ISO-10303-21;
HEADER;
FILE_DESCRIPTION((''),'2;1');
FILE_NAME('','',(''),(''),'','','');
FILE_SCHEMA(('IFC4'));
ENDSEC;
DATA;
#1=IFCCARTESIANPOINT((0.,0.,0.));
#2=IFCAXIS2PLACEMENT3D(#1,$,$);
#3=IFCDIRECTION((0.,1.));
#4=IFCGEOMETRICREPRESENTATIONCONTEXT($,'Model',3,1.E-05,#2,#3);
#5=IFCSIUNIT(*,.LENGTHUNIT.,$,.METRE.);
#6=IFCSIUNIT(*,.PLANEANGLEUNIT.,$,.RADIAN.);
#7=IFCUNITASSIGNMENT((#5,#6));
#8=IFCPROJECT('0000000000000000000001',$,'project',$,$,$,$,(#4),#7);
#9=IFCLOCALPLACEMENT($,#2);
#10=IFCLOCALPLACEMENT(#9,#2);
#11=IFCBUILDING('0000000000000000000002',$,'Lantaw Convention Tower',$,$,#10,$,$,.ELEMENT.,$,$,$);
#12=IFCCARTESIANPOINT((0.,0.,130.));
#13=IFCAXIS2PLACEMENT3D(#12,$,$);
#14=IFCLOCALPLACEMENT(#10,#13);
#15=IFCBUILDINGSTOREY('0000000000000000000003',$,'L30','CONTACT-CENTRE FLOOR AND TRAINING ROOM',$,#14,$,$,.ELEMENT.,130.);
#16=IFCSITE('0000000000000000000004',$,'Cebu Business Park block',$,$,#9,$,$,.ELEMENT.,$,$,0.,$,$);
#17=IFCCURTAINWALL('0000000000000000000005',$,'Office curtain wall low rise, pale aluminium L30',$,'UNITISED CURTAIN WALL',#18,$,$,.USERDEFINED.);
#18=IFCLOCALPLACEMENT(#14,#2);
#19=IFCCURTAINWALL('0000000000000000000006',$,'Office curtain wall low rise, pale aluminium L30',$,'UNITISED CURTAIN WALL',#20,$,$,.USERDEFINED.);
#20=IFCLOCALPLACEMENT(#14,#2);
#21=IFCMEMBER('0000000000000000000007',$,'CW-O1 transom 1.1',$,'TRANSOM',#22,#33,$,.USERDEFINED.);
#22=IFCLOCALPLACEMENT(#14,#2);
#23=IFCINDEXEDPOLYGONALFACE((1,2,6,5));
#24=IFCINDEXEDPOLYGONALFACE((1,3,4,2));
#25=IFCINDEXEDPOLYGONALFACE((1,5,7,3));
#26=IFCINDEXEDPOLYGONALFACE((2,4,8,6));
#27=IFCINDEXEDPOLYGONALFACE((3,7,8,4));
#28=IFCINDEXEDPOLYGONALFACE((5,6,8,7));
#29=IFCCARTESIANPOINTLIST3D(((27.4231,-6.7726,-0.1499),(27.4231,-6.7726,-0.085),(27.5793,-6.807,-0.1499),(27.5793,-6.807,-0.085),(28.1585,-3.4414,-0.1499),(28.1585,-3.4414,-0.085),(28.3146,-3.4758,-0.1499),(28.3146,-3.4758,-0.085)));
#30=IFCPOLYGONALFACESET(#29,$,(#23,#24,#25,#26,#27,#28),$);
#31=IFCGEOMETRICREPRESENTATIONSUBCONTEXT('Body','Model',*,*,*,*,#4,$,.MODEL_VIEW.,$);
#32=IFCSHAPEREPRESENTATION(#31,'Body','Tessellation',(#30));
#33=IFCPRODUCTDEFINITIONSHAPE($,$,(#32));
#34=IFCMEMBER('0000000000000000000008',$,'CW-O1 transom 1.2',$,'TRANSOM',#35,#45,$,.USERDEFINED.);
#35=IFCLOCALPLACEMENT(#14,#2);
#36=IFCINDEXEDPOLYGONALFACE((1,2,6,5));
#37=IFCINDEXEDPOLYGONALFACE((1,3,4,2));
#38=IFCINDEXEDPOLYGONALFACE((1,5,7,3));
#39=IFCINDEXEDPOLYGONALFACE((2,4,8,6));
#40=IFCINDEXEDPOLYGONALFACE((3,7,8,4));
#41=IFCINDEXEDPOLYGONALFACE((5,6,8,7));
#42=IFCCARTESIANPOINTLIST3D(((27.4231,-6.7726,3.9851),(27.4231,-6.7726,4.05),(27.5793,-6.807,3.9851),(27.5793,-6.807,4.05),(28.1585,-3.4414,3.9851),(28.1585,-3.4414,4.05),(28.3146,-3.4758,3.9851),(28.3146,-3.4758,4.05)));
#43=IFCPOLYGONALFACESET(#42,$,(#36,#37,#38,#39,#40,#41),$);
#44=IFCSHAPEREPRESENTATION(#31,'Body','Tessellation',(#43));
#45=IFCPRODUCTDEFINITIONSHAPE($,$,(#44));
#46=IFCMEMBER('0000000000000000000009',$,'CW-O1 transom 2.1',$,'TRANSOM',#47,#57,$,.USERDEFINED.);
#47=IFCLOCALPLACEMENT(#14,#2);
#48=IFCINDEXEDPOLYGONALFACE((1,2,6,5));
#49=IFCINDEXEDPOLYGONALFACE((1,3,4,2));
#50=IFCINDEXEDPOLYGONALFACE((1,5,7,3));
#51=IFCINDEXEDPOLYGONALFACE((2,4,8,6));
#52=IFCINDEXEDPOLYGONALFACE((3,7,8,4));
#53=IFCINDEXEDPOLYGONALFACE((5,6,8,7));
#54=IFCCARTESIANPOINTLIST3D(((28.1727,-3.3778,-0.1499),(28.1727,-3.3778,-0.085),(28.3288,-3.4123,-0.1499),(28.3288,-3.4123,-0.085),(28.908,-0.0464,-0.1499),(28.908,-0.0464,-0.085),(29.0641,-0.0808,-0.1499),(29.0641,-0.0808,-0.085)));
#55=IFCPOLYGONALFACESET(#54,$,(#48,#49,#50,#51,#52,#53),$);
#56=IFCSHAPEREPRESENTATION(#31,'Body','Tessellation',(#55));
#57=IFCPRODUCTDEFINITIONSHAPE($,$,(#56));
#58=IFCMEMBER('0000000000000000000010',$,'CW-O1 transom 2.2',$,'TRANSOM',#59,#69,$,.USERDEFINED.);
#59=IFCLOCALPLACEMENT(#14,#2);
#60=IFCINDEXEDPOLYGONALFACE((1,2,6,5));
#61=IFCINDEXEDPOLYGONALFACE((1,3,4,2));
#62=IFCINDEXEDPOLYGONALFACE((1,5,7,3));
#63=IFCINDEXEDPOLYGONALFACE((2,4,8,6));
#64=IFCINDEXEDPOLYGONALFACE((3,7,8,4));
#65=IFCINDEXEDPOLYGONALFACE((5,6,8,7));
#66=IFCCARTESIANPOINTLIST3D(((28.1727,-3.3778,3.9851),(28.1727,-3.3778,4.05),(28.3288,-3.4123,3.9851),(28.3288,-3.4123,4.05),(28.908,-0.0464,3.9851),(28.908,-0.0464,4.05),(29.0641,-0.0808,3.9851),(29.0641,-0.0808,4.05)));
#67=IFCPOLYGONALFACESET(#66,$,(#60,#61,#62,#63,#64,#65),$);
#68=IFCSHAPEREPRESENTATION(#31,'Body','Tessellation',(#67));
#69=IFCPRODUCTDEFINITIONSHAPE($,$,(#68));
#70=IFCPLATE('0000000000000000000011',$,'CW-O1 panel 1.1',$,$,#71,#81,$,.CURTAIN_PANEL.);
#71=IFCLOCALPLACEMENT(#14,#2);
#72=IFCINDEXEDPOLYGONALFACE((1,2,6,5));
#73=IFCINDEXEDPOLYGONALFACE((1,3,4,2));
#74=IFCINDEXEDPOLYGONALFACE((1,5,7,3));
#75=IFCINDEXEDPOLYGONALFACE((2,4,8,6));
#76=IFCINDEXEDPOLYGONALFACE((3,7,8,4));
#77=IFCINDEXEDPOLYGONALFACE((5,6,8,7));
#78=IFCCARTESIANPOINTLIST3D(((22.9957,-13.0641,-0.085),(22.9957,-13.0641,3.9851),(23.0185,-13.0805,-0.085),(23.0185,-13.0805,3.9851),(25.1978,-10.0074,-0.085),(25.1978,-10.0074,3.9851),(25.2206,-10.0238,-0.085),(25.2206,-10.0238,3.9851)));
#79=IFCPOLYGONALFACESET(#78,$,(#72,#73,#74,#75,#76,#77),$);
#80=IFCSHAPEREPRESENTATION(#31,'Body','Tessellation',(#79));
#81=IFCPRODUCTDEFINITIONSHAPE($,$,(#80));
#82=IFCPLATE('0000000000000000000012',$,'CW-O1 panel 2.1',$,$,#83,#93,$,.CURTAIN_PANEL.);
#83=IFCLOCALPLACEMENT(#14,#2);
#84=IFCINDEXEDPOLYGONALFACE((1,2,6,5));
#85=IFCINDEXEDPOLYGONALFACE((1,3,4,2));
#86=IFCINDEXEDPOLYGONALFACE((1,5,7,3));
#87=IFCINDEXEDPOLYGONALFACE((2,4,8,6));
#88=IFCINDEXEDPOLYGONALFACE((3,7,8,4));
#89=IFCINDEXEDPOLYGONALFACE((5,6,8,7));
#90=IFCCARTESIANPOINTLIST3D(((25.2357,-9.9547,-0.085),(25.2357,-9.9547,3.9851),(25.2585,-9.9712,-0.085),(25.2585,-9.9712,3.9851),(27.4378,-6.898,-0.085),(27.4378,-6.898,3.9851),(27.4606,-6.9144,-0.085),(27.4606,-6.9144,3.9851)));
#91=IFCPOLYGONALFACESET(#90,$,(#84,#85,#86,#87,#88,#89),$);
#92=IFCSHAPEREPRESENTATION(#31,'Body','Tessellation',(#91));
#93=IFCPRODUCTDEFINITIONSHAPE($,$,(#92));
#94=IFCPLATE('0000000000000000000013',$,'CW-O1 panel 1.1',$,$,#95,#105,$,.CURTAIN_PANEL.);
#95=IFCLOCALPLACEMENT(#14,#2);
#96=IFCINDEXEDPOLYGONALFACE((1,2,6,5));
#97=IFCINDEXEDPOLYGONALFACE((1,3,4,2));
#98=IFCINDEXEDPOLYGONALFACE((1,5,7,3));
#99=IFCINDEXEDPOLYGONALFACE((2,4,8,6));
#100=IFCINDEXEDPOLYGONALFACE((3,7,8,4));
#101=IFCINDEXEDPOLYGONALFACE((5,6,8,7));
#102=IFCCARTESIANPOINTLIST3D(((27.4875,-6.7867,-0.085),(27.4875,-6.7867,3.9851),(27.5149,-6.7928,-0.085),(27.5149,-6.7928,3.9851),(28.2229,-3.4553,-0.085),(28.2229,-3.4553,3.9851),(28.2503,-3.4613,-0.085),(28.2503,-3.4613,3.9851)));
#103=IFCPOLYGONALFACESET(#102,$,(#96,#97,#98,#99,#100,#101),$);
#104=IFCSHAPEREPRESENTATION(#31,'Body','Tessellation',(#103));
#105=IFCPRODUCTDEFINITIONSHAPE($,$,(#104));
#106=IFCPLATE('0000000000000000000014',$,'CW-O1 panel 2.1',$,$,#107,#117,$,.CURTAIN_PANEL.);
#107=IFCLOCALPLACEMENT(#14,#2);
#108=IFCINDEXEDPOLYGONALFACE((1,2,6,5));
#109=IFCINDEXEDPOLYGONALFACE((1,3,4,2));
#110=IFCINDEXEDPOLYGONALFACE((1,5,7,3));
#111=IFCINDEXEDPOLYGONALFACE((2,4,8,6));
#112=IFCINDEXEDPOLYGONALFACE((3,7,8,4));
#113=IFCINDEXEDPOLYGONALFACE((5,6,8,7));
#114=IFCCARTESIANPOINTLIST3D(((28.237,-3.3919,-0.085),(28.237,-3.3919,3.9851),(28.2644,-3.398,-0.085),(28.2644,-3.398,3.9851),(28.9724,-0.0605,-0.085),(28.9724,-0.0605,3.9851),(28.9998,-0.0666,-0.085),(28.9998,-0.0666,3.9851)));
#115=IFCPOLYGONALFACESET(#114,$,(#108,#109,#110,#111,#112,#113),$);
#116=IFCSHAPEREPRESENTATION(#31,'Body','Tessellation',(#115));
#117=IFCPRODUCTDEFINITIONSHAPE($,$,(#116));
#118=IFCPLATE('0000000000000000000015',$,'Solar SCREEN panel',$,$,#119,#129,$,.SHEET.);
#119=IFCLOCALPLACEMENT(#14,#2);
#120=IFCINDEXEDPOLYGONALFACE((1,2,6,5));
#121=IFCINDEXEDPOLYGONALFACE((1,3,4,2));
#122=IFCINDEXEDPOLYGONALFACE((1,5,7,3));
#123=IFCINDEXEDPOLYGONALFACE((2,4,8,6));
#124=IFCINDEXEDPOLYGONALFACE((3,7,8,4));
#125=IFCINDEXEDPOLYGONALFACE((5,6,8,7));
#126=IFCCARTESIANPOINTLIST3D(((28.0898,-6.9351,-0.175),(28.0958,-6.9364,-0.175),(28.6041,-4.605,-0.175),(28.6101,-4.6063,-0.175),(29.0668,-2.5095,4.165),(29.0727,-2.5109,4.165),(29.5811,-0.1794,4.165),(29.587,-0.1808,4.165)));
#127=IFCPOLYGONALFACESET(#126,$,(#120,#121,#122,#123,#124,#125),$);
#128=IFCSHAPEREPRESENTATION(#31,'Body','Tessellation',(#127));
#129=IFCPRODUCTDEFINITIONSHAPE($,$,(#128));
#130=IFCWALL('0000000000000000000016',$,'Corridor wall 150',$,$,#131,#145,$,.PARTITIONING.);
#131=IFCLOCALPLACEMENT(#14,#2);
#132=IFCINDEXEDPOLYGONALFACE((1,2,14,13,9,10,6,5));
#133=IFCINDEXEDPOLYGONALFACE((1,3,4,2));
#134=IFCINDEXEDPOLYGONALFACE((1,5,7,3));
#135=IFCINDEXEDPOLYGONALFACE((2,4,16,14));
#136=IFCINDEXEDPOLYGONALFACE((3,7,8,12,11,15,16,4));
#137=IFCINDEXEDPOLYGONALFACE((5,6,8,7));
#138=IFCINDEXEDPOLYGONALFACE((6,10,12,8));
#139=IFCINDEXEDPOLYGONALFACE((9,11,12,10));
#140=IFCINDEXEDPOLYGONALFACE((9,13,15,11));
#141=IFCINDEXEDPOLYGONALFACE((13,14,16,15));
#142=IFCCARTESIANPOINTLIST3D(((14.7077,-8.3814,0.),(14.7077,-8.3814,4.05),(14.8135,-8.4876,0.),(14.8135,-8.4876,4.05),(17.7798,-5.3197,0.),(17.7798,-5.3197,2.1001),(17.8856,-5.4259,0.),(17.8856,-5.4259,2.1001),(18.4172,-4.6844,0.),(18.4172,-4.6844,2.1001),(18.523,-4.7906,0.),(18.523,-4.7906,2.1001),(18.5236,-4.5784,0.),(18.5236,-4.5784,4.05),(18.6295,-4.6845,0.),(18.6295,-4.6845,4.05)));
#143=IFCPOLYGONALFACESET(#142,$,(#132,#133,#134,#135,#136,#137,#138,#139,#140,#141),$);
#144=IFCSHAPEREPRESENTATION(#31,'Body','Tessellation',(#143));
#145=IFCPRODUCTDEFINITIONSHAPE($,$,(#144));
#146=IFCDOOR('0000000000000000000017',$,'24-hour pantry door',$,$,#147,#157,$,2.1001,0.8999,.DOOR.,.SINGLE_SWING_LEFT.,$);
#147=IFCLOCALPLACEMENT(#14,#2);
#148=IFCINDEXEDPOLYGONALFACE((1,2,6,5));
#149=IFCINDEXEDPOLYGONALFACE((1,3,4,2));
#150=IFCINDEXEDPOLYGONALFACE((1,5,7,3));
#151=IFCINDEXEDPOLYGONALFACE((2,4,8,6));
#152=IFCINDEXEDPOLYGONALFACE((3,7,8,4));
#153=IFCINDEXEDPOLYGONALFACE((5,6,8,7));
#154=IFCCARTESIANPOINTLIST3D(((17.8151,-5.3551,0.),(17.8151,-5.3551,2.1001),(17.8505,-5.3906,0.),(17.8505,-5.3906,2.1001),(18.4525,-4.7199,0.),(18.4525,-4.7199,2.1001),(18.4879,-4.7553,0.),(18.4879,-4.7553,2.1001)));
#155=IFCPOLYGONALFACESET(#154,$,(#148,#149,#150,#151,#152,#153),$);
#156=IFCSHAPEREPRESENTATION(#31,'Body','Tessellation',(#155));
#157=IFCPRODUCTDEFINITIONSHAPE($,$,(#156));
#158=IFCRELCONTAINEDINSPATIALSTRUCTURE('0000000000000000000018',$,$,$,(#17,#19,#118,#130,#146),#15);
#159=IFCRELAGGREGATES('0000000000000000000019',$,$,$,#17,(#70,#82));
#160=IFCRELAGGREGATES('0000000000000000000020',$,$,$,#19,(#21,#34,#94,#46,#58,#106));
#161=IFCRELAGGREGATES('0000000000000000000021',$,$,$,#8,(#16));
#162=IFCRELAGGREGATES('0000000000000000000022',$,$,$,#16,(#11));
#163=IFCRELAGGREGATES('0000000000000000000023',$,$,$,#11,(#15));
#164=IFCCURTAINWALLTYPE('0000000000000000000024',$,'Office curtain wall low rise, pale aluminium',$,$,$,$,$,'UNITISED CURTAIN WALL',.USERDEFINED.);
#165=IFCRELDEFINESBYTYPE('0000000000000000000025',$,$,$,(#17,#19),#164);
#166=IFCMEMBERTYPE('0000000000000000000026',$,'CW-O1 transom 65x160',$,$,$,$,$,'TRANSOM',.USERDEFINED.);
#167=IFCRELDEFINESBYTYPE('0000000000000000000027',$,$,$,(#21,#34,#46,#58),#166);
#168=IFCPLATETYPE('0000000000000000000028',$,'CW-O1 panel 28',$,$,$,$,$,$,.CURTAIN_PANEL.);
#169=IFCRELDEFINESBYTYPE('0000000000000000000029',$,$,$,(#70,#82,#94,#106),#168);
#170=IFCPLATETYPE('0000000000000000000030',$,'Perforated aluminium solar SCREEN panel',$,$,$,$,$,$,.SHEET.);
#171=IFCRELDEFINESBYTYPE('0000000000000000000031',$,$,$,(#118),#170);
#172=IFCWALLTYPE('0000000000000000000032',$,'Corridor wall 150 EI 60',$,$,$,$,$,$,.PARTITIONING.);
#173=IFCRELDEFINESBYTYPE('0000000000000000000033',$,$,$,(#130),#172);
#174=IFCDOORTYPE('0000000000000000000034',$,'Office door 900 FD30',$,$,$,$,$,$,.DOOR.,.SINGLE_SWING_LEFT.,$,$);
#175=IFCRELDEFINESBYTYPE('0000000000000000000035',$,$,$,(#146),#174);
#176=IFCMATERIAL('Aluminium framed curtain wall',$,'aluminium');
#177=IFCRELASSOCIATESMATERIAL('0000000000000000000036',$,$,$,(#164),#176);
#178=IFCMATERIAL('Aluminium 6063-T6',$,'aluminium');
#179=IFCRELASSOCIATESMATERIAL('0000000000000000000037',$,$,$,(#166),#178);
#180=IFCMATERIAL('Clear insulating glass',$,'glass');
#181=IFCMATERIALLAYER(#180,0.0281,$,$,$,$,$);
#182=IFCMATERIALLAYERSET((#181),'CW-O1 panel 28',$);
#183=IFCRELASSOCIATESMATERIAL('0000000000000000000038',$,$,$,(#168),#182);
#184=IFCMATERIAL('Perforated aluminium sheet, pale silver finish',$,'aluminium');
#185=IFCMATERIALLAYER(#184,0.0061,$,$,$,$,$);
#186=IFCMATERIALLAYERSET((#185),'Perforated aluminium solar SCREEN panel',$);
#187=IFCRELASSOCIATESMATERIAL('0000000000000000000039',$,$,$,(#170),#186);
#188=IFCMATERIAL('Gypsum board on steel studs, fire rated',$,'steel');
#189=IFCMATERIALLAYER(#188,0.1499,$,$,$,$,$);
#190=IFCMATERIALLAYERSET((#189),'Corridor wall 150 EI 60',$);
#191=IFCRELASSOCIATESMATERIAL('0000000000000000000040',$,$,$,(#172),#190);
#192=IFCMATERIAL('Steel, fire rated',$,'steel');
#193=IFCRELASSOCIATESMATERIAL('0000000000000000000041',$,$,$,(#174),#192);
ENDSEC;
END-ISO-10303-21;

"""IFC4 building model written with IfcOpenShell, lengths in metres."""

from ifc_helpers import new_model, si_unit, direction, frame, frame_2d, origin, origin_2d, place, context, subcontext, project, spatial, polyline, rectangle, outline, extrude, material, layer, layer_set, material_profile, profile_set, type_object, element, fill, aggregate, save


model = new_model("IFC4")

# Units and contexts
model_context = context("Model", 3, precision=1e-05, world=origin(), true_north=direction((0.0, 1.0)))
body_context = subcontext(model_context, "Body", "Model", "MODEL_VIEW")
ifc_project = project(units=[si_unit("LENGTHUNIT", "METRE"), si_unit("PLANEANGLEUNIT", "RADIAN")], contexts=[model_context])

# Site, building, storey
site_placement = place(None, origin())
site = spatial("IfcSite", under=ifc_project, at=site_placement, Name="Cebu Business Park block", CompositionType="ELEMENT", RefElevation=0.0)
building_placement = place(site_placement, origin())
building = spatial("IfcBuilding", under=site, at=building_placement, Name="Lantaw Convention Tower", CompositionType="ELEMENT")
storey_placement = place(building_placement, frame((0.0, 0.0, 130.0)))
storey = spatial("IfcBuildingStorey", under=building, at=storey_placement, Name="L30", Description="CONTACT-CENTRE FLOOR AND TRAINING ROOM", CompositionType="ELEMENT", Elevation=130.0)

# Curtain walls
ifc_material_1 = material(Name="Aluminium framed curtain wall", Category="aluminium")
curtain_wall_type = type_object("IfcCurtainWallType", Name="Office curtain wall low rise, pale aluminium", ElementType="UNITISED CURTAIN WALL", PredefinedType="USERDEFINED", material=ifc_material_1)
curtain_wall_1_placement = place(storey_placement, origin())
curtain_wall_1 = element("IfcCurtainWall", 1, at=curtain_wall_1_placement, inside=storey, type_object=curtain_wall_type, Name="Office curtain wall low rise, pale aluminium L30", ObjectType="UNITISED CURTAIN WALL", PredefinedType="USERDEFINED")
ifc_material_2 = material(Name="Aluminium 6063-T6", Category="aluminium")
curtain_wall_2_placement = place(storey_placement, origin())
curtain_wall_2 = element("IfcCurtainWall", 2, at=curtain_wall_2_placement, inside=storey, type_object=curtain_wall_type, Name="Office curtain wall low rise, pale aluminium L30", ObjectType="UNITISED CURTAIN WALL", PredefinedType="USERDEFINED")

# Members
ifc_material_profile_1 = material_profile(ifc_material_2, rectangle(XDim=0.1599, YDim=0.0649, at=origin_2d()), Name="CW-O1 transom 65x160")
ifc_profile_set_1 = profile_set([ifc_material_profile_1], Name="Aluminium 6063-T6")
member_type_1 = type_object("IfcMemberType", Name="CW-O1 transom 65x160", ElementType="TRANSOM", PredefinedType="USERDEFINED", material=ifc_profile_set_1)
member_1_placement = place(storey_placement, frame((27.5012, -6.7898, -0.1174), z_axis=(0.215551, 0.976493, 0.0), x_axis=(-0.976493, 0.215551, 0.0)))
member_1 = element("IfcMember", 3, at=member_1_placement, type_object=member_type_1, Name="CW-O1 transom 1.1", ObjectType="TRANSOM", PredefinedType="USERDEFINED", context=body_context, shape_type="SweptSolid", body=[
    extrude(rectangle(XDim=0.1599, YDim=0.0649, at=origin_2d()), origin(), (0.0, 0.0, 1.0), 3.4114),
])
member_2_placement = place(storey_placement, frame((27.5012, -6.7898, 4.0176), z_axis=(0.215551, 0.976493, 0.0), x_axis=(-0.976493, 0.215551, 0.0)))
member_2 = element("IfcMember", 4, at=member_2_placement, type_object=member_type_1, Name="CW-O1 transom 1.2", ObjectType="TRANSOM", PredefinedType="USERDEFINED", context=body_context, shape_type="SweptSolid", body=[
    extrude(rectangle(XDim=0.1599, YDim=0.0649, at=origin_2d()), origin(), (0.0, 0.0, 1.0), 3.4114),
])
member_3_placement = place(storey_placement, frame((28.2507, -3.395, -0.1174), z_axis=(0.215536, 0.976496, 0.0), x_axis=(-0.976496, 0.215536, 0.0)))
member_3 = element("IfcMember", 5, at=member_3_placement, type_object=member_type_1, Name="CW-O1 transom 2.1", ObjectType="TRANSOM", PredefinedType="USERDEFINED", context=body_context, shape_type="SweptSolid", body=[
    extrude(rectangle(XDim=0.1599, YDim=0.0649, at=origin_2d()), origin(), (0.0, 0.0, 1.0), 3.4116),
])
member_4_placement = place(storey_placement, frame((28.2507, -3.395, 4.0176), z_axis=(0.215536, 0.976496, 0.0), x_axis=(-0.976496, 0.215536, 0.0)))
member_4 = element("IfcMember", 6, at=member_4_placement, type_object=member_type_1, Name="CW-O1 transom 2.2", ObjectType="TRANSOM", PredefinedType="USERDEFINED", context=body_context, shape_type="SweptSolid", body=[
    extrude(rectangle(XDim=0.1599, YDim=0.0649, at=origin_2d()), origin(), (0.0, 0.0, 1.0), 3.4116),
])

# Plates
ifc_material_3 = material(Name="Clear insulating glass", Category="glass")
ifc_layer_1 = layer(ifc_material_3, 0.0281)
ifc_layer_set_1 = layer_set([ifc_layer_1], Name="CW-O1 panel 28")
plate_type_1 = type_object("IfcPlateType", Name="CW-O1 panel 28", PredefinedType="CURTAIN_PANEL", material=ifc_layer_set_1)
plate_1_placement = place(storey_placement, frame((24.1082, -11.5439, -0.085), z_axis=(0.0, 0.0, 1.0), x_axis=(0.584513, 0.811385, 0.0)))
plate_1 = element("IfcPlate", 7, at=plate_1_placement, type_object=plate_type_1, Name="CW-O1 panel 1.1", PredefinedType="CURTAIN_PANEL", context=body_context, shape_type="SweptSolid", body=[
    extrude(rectangle(XDim=3.7673, YDim=0.0281, at=origin_2d()), origin(), (0.0, 0.0, 1.0), 4.0701),
])
plate_2_placement = place(storey_placement, frame((26.3481, -8.4346, -0.085), z_axis=(0.0, 0.0, 1.0), x_axis=(0.584513, 0.811385, 0.0)))
plate_2 = element("IfcPlate", 8, at=plate_2_placement, type_object=plate_type_1, Name="CW-O1 panel 2.1", PredefinedType="CURTAIN_PANEL", context=body_context, shape_type="SweptSolid", body=[
    extrude(rectangle(XDim=3.7673, YDim=0.0281, at=origin_2d()), origin(), (0.0, 0.0, 1.0), 4.0701),
])
aggregate(curtain_wall_1, [plate_1, plate_2])
plate_3_placement = place(storey_placement, frame((27.8689, -5.124, -0.085), z_axis=(0.0, 0.0, 1.0), x_axis=(0.215546, 0.976494, 0.0)))
plate_3 = element("IfcPlate", 9, at=plate_3_placement, type_object=plate_type_1, Name="CW-O1 panel 1.1", PredefinedType="CURTAIN_PANEL", context=body_context, shape_type="SweptSolid", body=[
    extrude(rectangle(XDim=3.4116, YDim=0.0281, at=origin_2d()), origin(), (0.0, 0.0, 1.0), 4.0701),
])
plate_4_placement = place(storey_placement, frame((28.6184, -1.7292, -0.085), z_axis=(0.0, 0.0, 1.0), x_axis=(0.215546, 0.976494, 0.0)))
plate_4 = element("IfcPlate", 10, at=plate_4_placement, type_object=plate_type_1, Name="CW-O1 panel 2.1", PredefinedType="CURTAIN_PANEL", context=body_context, shape_type="SweptSolid", body=[
    extrude(rectangle(XDim=3.4116, YDim=0.0281, at=origin_2d()), origin(), (0.0, 0.0, 1.0), 4.0701),
])
aggregate(curtain_wall_2, [member_1, member_2, plate_3, member_3, member_4, plate_4])
ifc_material_4 = material(Name="Perforated aluminium sheet, pale silver finish", Category="aluminium")
ifc_layer_2 = layer(ifc_material_4, 0.0061)
ifc_layer_set_2 = layer_set([ifc_layer_2], Name="Perforated aluminium solar SCREEN panel")
plate_type_2 = type_object("IfcPlateType", Name="Perforated aluminium solar SCREEN panel", PredefinedType="SHEET", material=ifc_layer_set_2)
plate_5_placement = place(storey_placement, frame((28.0898, -6.9351, -0.175), z_axis=(-0.976498, 0.215527, 0.000033), x_axis=(0.215527, 0.976498, 0.0)))
element("IfcPlate", 11, at=plate_5_placement, inside=storey, type_object=plate_type_2, Name="Solar SCREEN panel", PredefinedType="SHEET", context=body_context, shape_type="SweptSolid", body=[
    extrude(outline(polyline([(0.0, 0.0), (2.3861, 0.0), (6.9182, -4.3401), (4.5321, -4.3401), (0.0, 0.0)])), origin(), (0.0, 0.0, -1.0), 0.0061),
])

# Wall, opening, door
ifc_material_5 = material(Name="Gypsum board on steel studs, fire rated", Category="steel")
ifc_layer_3 = layer(ifc_material_5, 0.1499)
ifc_layer_set_3 = layer_set([ifc_layer_3], Name="Corridor wall 150 EI 60")
wall_type_1 = type_object("IfcWallType", Name="Corridor wall 150 EI 60", PredefinedType="PARTITIONING", material=ifc_layer_set_3)
wall_1_placement = place(storey_placement, frame((14.7605, -8.4346, 0.0), z_axis=(0.0, 0.0, 1.0), x_axis=(0.708307, 0.705905, 0.0)))
wall_1 = element("IfcWall", 12, at=wall_1_placement, inside=storey, type_object=wall_type_1, Name="Corridor wall 150", PredefinedType="PARTITIONING", context=body_context, shape_type="SweptSolid", body=[
    extrude(rectangle(XDim=5.3875, YDim=0.1499, at=frame_2d((2.6938, 0.0))), origin(), (0.0, 0.0, 1.0), 4.05),
])
opening_1_placement = place(wall_1_placement, frame((4.3374, 0.0, 0.0)))
opening_1 = element("IfcOpeningElement", 13, at=opening_1_placement, cuts=wall_1, PredefinedType="OPENING", context=body_context, shape_type="SweptSolid", body=[
    extrude(rectangle(XDim=0.8999, YDim=2.1001, at=frame_2d((0.45, 1.05))), frame((0.0, 0.085, 0.0), z_axis=(0.0, -1.0, 0.0), x_axis=(1.0, 0.0, 0.0)), (0.0, 0.0, 1.0), 0.1699),
])
ifc_material_6 = material(Name="Steel, fire rated", Category="steel")
door_type = type_object("IfcDoorType", Name="Office door 900 FD30", OperationType="SINGLE_SWING_LEFT", PredefinedType="DOOR", material=ifc_material_6)
door_1_placement = place(opening_1_placement, origin())
door_1 = element("IfcDoor", 14, at=door_1_placement, inside=storey, type_object=door_type, Name="24-hour pantry door", OperationType="SINGLE_SWING_LEFT", OverallHeight=2.1001, OverallWidth=0.8999, PredefinedType="DOOR", context=body_context, shape_type="SweptSolid", body=[
    extrude(rectangle(XDim=0.8999, YDim=2.1001, at=frame_2d((0.45, 1.05))), frame((0.0, 0.0249, 0.0), z_axis=(0.0, -1.0, 0.0), x_axis=(1.0, 0.0, 0.0)), (0.0, 0.0, 1.0), 0.05),
])
fill(opening_1, door_1)

save(model, "model.ifc")
